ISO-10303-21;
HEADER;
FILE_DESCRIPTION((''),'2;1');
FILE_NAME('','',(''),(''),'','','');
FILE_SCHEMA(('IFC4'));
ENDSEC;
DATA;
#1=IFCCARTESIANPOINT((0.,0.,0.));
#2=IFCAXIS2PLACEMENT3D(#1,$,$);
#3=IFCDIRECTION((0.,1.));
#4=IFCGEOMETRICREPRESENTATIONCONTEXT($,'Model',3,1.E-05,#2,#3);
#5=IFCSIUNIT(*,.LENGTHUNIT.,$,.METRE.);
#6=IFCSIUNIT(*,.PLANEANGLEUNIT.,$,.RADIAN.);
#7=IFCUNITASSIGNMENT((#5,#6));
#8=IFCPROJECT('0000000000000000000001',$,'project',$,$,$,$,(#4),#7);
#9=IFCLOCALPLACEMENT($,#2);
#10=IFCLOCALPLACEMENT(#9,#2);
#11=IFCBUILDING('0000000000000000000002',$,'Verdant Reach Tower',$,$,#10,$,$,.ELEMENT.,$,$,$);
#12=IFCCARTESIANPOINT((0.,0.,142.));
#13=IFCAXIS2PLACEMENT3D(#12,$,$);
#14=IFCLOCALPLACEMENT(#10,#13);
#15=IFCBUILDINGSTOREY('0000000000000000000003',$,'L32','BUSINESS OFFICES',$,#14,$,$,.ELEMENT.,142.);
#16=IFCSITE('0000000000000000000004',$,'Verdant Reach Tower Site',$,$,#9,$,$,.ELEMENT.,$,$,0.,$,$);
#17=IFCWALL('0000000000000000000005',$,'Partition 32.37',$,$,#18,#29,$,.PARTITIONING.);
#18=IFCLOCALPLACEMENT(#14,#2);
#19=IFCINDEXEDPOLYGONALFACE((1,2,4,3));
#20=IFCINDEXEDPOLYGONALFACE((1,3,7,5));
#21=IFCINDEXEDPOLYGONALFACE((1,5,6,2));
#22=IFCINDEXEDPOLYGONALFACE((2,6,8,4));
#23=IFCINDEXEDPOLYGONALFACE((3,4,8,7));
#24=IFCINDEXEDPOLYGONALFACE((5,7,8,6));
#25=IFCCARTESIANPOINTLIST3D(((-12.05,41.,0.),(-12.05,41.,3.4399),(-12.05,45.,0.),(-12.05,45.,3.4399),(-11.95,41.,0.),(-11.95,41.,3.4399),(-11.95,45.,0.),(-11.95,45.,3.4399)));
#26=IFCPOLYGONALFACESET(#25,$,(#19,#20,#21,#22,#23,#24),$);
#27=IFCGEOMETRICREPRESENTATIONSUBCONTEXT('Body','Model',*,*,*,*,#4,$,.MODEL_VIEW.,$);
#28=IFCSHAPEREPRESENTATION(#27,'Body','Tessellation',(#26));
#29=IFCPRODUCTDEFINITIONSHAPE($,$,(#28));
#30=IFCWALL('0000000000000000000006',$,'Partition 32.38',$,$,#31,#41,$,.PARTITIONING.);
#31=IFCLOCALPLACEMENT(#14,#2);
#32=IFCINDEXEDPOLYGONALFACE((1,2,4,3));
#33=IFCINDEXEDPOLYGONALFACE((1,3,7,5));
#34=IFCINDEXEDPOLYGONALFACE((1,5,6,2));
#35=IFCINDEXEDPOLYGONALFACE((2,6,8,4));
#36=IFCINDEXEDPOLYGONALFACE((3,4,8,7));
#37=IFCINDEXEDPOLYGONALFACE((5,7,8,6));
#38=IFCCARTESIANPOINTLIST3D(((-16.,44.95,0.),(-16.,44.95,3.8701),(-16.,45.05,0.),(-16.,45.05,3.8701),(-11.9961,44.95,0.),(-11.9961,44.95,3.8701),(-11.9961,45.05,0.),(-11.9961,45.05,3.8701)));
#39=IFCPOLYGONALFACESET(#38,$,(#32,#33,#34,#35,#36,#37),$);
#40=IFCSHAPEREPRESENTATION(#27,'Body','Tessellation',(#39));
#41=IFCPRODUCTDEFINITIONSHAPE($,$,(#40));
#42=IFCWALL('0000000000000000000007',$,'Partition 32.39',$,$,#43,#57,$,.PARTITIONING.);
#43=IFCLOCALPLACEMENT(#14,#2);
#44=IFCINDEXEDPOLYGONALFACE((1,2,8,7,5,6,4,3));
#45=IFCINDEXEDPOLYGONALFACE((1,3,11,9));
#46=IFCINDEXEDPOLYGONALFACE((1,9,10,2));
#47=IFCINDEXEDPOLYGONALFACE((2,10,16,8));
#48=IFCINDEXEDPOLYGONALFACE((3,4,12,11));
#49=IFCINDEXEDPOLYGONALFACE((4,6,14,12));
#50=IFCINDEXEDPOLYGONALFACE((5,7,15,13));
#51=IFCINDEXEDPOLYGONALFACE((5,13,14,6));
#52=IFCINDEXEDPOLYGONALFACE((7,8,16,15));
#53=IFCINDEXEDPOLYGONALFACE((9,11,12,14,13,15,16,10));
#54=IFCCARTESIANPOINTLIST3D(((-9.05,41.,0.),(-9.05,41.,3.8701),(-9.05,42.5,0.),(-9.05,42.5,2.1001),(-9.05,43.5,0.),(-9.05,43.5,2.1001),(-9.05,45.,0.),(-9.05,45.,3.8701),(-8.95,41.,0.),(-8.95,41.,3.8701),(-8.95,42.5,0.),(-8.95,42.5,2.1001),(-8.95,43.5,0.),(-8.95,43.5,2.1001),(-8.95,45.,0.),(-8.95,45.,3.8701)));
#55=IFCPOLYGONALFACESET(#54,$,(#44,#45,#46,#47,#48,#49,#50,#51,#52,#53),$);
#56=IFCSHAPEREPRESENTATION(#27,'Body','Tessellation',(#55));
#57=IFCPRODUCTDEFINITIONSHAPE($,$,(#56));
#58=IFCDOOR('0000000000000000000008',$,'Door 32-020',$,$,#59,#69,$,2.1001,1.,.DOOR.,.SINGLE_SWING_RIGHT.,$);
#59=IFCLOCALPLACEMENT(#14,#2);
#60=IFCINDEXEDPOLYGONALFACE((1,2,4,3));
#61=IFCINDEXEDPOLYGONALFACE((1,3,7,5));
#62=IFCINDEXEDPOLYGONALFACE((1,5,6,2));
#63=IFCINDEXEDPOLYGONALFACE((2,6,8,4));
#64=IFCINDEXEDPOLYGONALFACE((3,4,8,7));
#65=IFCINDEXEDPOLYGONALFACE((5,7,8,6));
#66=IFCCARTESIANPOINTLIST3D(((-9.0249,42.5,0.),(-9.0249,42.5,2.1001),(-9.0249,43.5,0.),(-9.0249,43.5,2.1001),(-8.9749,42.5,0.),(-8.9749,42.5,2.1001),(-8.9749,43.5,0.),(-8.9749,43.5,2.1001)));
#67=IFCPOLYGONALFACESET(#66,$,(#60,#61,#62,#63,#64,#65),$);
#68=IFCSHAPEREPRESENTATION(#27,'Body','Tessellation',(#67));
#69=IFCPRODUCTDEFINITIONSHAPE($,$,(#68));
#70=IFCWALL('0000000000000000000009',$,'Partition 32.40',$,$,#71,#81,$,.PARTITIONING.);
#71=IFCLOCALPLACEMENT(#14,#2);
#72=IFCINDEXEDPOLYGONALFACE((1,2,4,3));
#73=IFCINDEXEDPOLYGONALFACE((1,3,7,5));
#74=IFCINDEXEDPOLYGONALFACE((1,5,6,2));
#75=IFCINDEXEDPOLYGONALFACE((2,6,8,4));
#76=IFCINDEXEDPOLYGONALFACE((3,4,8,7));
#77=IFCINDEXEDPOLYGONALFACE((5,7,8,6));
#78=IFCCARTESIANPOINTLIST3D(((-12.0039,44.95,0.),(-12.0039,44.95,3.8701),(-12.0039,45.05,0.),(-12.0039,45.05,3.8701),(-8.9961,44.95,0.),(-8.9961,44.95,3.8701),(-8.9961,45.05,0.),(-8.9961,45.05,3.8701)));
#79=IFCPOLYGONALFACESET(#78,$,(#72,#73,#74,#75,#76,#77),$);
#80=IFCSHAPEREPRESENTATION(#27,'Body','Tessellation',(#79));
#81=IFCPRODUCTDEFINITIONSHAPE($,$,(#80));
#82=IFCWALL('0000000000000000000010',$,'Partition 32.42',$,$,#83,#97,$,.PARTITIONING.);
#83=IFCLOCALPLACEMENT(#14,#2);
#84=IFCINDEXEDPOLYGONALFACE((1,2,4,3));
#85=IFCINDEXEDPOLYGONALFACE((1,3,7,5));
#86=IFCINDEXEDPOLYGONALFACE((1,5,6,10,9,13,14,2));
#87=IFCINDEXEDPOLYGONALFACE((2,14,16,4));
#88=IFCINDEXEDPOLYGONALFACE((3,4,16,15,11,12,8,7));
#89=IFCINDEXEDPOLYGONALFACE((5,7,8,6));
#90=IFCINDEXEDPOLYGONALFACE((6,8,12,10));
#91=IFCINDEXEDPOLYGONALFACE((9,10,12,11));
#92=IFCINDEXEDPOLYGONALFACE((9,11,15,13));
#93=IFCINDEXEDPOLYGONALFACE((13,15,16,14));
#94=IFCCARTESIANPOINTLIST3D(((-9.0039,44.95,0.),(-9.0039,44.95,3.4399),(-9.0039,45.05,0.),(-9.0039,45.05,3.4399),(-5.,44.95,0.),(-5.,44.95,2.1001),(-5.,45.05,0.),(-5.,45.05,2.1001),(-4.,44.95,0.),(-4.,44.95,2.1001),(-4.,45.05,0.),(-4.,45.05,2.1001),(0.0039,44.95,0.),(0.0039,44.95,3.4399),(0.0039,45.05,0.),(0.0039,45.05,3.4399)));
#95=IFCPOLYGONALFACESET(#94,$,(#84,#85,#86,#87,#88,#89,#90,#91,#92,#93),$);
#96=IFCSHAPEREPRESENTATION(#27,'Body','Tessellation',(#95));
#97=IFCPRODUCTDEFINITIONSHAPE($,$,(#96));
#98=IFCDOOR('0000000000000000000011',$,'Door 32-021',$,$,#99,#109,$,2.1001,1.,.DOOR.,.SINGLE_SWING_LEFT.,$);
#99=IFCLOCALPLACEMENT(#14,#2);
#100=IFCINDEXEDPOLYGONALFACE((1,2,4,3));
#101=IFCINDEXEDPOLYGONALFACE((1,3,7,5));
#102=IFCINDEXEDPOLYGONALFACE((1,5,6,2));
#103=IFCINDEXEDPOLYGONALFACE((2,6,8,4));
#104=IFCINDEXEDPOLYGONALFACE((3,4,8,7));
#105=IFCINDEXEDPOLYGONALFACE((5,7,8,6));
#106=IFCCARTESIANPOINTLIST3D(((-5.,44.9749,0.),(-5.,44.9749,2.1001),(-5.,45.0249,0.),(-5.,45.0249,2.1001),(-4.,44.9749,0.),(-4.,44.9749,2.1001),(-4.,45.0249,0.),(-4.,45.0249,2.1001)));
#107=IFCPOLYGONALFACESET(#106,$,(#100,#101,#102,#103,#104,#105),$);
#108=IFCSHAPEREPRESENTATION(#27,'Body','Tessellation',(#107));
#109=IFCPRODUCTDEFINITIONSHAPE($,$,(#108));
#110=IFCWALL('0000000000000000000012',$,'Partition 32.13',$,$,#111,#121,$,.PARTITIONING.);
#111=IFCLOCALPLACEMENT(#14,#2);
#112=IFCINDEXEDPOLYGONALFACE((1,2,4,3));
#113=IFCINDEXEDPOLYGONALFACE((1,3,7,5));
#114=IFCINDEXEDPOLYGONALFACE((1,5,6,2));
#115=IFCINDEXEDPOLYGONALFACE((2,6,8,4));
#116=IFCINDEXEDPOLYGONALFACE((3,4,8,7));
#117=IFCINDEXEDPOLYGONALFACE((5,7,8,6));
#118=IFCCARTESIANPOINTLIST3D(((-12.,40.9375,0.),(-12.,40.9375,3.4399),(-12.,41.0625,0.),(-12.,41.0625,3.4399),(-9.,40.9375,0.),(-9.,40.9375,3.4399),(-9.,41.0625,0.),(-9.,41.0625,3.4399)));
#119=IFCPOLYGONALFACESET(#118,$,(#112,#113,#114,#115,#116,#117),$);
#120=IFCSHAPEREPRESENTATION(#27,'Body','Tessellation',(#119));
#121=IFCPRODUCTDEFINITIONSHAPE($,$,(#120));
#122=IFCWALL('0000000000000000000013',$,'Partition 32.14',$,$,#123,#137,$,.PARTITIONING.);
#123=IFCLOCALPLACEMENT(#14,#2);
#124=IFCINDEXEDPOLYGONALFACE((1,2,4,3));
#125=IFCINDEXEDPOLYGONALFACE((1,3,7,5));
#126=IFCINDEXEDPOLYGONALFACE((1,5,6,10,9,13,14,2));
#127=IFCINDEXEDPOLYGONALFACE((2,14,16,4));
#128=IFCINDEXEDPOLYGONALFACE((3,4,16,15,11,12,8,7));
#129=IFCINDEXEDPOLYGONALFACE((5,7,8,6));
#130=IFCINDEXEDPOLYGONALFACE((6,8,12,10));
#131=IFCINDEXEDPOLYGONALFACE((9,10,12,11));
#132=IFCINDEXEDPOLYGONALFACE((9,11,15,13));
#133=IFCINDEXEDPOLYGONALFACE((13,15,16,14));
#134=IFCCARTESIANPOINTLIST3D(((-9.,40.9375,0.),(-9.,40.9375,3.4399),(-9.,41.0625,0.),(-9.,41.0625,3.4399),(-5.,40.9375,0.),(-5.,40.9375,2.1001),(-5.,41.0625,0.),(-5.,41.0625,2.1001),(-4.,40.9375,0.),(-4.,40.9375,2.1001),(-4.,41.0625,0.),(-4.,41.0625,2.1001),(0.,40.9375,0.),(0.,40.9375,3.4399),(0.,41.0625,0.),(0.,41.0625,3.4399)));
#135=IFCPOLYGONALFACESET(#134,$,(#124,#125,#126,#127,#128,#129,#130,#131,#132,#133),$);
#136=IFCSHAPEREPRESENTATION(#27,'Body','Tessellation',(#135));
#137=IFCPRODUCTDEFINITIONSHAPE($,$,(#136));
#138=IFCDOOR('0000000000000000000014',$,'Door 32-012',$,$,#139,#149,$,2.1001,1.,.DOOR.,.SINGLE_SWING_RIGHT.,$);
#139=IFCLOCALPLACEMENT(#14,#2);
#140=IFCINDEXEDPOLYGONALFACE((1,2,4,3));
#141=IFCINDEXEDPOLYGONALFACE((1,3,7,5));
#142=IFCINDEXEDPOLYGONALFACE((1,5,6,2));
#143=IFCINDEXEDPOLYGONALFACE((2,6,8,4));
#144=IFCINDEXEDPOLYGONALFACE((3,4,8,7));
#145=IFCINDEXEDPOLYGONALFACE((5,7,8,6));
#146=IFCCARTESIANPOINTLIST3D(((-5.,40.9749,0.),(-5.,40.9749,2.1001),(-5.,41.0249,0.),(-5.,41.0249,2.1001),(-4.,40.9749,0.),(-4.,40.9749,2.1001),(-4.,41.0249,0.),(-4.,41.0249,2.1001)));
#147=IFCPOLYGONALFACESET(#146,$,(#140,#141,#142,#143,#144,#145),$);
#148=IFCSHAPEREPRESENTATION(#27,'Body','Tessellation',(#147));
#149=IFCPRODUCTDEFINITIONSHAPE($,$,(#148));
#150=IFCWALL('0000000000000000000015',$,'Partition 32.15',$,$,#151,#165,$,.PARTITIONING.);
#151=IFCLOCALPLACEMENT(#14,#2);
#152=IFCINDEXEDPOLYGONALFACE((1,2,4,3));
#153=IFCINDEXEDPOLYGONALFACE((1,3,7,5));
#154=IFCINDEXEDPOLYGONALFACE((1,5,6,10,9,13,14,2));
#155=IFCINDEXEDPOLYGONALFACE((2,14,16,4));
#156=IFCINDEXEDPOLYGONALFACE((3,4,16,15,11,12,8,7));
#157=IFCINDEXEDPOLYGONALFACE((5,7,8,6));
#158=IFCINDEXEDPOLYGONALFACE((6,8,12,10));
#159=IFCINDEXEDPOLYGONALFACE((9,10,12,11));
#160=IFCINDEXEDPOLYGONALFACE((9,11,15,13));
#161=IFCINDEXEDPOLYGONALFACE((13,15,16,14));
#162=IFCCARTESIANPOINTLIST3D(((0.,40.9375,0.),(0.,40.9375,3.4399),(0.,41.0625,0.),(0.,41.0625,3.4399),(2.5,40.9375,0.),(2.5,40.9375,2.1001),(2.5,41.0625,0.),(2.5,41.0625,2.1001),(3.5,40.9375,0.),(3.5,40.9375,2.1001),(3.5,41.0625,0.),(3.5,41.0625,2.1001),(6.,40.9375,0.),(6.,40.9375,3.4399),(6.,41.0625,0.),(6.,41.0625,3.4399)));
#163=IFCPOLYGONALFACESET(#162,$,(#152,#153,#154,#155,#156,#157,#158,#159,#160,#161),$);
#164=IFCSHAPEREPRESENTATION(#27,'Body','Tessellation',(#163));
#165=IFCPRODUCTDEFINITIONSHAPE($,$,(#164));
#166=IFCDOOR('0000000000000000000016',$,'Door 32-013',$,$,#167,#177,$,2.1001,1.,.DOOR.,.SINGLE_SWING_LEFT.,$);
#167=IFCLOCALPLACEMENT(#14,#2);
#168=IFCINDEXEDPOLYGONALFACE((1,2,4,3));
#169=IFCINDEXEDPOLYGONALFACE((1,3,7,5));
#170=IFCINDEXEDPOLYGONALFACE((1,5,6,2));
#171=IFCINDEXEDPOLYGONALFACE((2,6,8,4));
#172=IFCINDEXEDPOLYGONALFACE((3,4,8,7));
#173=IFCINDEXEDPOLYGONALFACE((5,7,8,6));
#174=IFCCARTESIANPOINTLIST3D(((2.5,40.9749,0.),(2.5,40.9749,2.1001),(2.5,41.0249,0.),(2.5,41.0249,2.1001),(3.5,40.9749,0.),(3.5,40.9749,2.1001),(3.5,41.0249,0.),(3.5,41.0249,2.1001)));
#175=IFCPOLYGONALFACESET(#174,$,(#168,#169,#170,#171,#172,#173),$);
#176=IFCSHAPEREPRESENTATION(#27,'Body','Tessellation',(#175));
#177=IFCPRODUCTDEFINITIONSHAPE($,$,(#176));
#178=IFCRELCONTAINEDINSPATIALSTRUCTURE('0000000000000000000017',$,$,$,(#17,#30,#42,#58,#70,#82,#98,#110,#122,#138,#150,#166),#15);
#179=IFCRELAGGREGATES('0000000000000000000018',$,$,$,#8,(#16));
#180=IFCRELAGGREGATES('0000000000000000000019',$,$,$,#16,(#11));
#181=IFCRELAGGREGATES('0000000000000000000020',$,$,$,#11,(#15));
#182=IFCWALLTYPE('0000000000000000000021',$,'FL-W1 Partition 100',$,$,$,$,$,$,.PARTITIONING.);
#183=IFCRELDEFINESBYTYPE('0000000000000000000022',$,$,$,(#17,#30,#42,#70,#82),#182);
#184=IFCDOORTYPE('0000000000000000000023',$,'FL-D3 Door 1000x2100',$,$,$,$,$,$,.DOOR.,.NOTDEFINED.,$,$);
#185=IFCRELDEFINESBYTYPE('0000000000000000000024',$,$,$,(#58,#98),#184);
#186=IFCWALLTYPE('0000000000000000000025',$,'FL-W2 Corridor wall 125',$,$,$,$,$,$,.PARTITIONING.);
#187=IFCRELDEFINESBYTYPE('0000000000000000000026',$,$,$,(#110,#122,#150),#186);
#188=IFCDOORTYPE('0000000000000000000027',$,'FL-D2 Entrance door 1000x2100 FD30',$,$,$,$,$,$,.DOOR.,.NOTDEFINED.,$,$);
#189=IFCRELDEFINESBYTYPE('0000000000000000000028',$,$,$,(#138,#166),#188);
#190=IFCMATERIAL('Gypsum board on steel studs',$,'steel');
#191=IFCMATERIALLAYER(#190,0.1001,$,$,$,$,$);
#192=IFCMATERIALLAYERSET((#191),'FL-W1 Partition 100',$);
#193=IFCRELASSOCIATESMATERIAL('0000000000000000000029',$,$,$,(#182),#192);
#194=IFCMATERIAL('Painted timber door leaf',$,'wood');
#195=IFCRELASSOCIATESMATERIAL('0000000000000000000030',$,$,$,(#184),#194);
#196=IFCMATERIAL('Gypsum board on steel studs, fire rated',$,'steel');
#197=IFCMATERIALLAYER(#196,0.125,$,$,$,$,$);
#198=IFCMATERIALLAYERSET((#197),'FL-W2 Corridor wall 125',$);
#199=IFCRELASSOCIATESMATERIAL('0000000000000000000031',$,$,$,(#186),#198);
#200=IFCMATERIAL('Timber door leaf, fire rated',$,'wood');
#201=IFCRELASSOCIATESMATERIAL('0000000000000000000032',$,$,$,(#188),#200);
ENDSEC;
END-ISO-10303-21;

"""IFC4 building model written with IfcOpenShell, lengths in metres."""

from ifc_helpers import new_model, si_unit, direction, frame, frame_2d, origin, place, context, subcontext, project, spatial, rectangle, extrude, material, layer, layer_set, type_object, element, fill, save


model = new_model("IFC4")

# Units and contexts
model_context = context("Model", 3, precision=1e-05, world=origin(), true_north=direction((0.0, 1.0)))
body_context = subcontext(model_context, "Body", "Model", "MODEL_VIEW")
ifc_project = project(units=[si_unit("LENGTHUNIT", "METRE"), si_unit("PLANEANGLEUNIT", "RADIAN")], contexts=[model_context])

# Site, building, storey
site_placement = place(None, origin())
site = spatial("IfcSite", under=ifc_project, at=site_placement, Name="Verdant Reach Tower Site", CompositionType="ELEMENT", RefElevation=0.0)
building_placement = place(site_placement, origin())
building = spatial("IfcBuilding", under=site, at=building_placement, Name="Verdant Reach Tower", CompositionType="ELEMENT")
storey_placement = place(building_placement, frame((0.0, 0.0, 142.0)))
storey = spatial("IfcBuildingStorey", under=building, at=storey_placement, Name="L32", Description="BUSINESS OFFICES", CompositionType="ELEMENT", Elevation=142.0)

# Walls
ifc_material_1 = material(Name="Gypsum board on steel studs", Category="steel")
ifc_layer_1 = layer(ifc_material_1, 0.1001)
ifc_layer_set_1 = layer_set([ifc_layer_1], Name="FL-W1 Partition 100")
wall_type_1 = type_object("IfcWallType", Name="FL-W1 Partition 100", PredefinedType="PARTITIONING", material=ifc_layer_set_1)
wall_1_placement = place(storey_placement, frame((-12.0, 41.0, 0.0), z_axis=(0.0, 0.0, 1.0), x_axis=(0.0, 1.0, 0.0)))
element("IfcWall", 1, at=wall_1_placement, inside=storey, type_object=wall_type_1, Name="Partition 32.37", PredefinedType="PARTITIONING", context=body_context, shape_type="SweptSolid", body=[
    extrude(rectangle(XDim=4.0, YDim=0.1001, at=frame_2d((2.0, 0.0))), origin(), (0.0, 0.0, 1.0), 3.4399),
])
wall_2_placement = place(storey_placement, frame((-11.9961, 45.0, 0.0), z_axis=(0.0, 0.0, 1.0), x_axis=(-1.0, 0.0, 0.0)))
element("IfcWall", 2, at=wall_2_placement, inside=storey, type_object=wall_type_1, Name="Partition 32.38", PredefinedType="PARTITIONING", context=body_context, shape_type="SweptSolid", body=[
    extrude(rectangle(XDim=4.0039, YDim=0.1001, at=frame_2d((2.002, 0.0))), origin(), (0.0, 0.0, 1.0), 3.8701),
])

# Wall, opening, door
wall_3_placement = place(storey_placement, frame((-9.0, 41.0, 0.0), z_axis=(0.0, 0.0, 1.0), x_axis=(0.0, 1.0, 0.0)))
wall_3 = element("IfcWall", 3, at=wall_3_placement, inside=storey, type_object=wall_type_1, Name="Partition 32.39", PredefinedType="PARTITIONING", context=body_context, shape_type="SweptSolid", body=[
    extrude(rectangle(XDim=4.0, YDim=0.1001, at=frame_2d((2.0, 0.0))), origin(), (0.0, 0.0, 1.0), 3.8701),
])
opening_1_placement = place(wall_3_placement, frame((1.5, 0.0, 0.0)))
opening_1 = element("IfcOpeningElement", 4, at=opening_1_placement, cuts=wall_3, PredefinedType="OPENING", context=body_context, shape_type="SweptSolid", body=[
    extrude(rectangle(XDim=1.0, YDim=2.1001, at=frame_2d((0.5, 1.05))), frame((0.0, 0.0601, 0.0), z_axis=(0.0, -1.0, 0.0), x_axis=(1.0, 0.0, 0.0)), (0.0, 0.0, 1.0), 0.1201),
])
ifc_material_2 = material(Name="Painted timber door leaf", Category="wood")
door_type_1 = type_object("IfcDoorType", Name="FL-D3 Door 1000x2100", OperationType="NOTDEFINED", PredefinedType="DOOR", material=ifc_material_2)
door_1_placement = place(opening_1_placement, origin())
door_1 = element("IfcDoor", 5, at=door_1_placement, inside=storey, type_object=door_type_1, Name="Door 32-020", OperationType="SINGLE_SWING_RIGHT", OverallHeight=2.1001, OverallWidth=1.0, PredefinedType="DOOR", context=body_context, shape_type="SweptSolid", body=[
    extrude(rectangle(XDim=1.0, YDim=2.1001, at=frame_2d((0.5, 1.05))), frame((0.0, 0.0249, 0.0), z_axis=(0.0, -1.0, 0.0), x_axis=(1.0, 0.0, 0.0)), (0.0, 0.0, 1.0), 0.05),
])
fill(opening_1, door_1)

# Wall
wall_4_placement = place(storey_placement, frame((-8.9961, 45.0, 0.0), z_axis=(0.0, 0.0, 1.0), x_axis=(-1.0, 0.0, 0.0)))
element("IfcWall", 6, at=wall_4_placement, inside=storey, type_object=wall_type_1, Name="Partition 32.40", PredefinedType="PARTITIONING", context=body_context, shape_type="SweptSolid", body=[
    extrude(rectangle(XDim=3.0078, YDim=0.1001, at=frame_2d((1.5039, 0.0))), origin(), (0.0, 0.0, 1.0), 3.8701),
])

# Wall, opening, door
wall_5_placement = place(storey_placement, frame((-9.0039, 45.0, 0.0), z_axis=(0.0, 0.0, 1.0), x_axis=(1.0, 0.0, 0.0)))
wall_5 = element("IfcWall", 7, at=wall_5_placement, inside=storey, type_object=wall_type_1, Name="Partition 32.42", PredefinedType="PARTITIONING", context=body_context, shape_type="SweptSolid", body=[
    extrude(rectangle(XDim=9.0078, YDim=0.1001, at=frame_2d((4.5039, 0.0))), origin(), (0.0, 0.0, 1.0), 3.4399),
])
opening_2_placement = place(wall_5_placement, frame((4.0039, 0.0, 0.0)))
opening_2 = element("IfcOpeningElement", 8, at=opening_2_placement, cuts=wall_5, PredefinedType="OPENING", context=body_context, shape_type="SweptSolid", body=[
    extrude(rectangle(XDim=1.0, YDim=2.1001, at=frame_2d((0.5, 1.05))), frame((0.0, 0.0601, 0.0), z_axis=(0.0, -1.0, 0.0), x_axis=(1.0, 0.0, 0.0)), (0.0, 0.0, 1.0), 0.1201),
])
door_2_placement = place(opening_2_placement, origin())
door_2 = element("IfcDoor", 9, at=door_2_placement, inside=storey, type_object=door_type_1, Name="Door 32-021", OperationType="SINGLE_SWING_LEFT", OverallHeight=2.1001, OverallWidth=1.0, PredefinedType="DOOR", context=body_context, shape_type="SweptSolid", body=[
    extrude(rectangle(XDim=1.0, YDim=2.1001, at=frame_2d((0.5, 1.05))), frame((0.0, 0.0249, 0.0), z_axis=(0.0, -1.0, 0.0), x_axis=(1.0, 0.0, 0.0)), (0.0, 0.0, 1.0), 0.05),
])
fill(opening_2, door_2)

# Wall
ifc_material_3 = material(Name="Gypsum board on steel studs, fire rated", Category="steel")
ifc_layer_2 = layer(ifc_material_3, 0.125)
ifc_layer_set_2 = layer_set([ifc_layer_2], Name="FL-W2 Corridor wall 125")
wall_type_2 = type_object("IfcWallType", Name="FL-W2 Corridor wall 125", PredefinedType="PARTITIONING", material=ifc_layer_set_2)
wall_6_placement = place(storey_placement, frame((-9.0, 41.0, 0.0), z_axis=(0.0, 0.0, 1.0), x_axis=(-1.0, 0.0, 0.0)))
element("IfcWall", 10, at=wall_6_placement, inside=storey, type_object=wall_type_2, Name="Partition 32.13", PredefinedType="PARTITIONING", context=body_context, shape_type="SweptSolid", body=[
    extrude(rectangle(XDim=3.0, YDim=0.125, at=frame_2d((1.5, 0.0))), origin(), (0.0, 0.0, 1.0), 3.4399),
])

# Walls, openings, doors
wall_7_placement = place(storey_placement, frame((-9.0, 41.0, 0.0), z_axis=(0.0, 0.0, 1.0), x_axis=(1.0, 0.0, 0.0)))
wall_7 = element("IfcWall", 11, at=wall_7_placement, inside=storey, type_object=wall_type_2, Name="Partition 32.14", PredefinedType="PARTITIONING", context=body_context, shape_type="SweptSolid", body=[
    extrude(rectangle(XDim=9.0, YDim=0.125, at=frame_2d((4.5, 0.0))), origin(), (0.0, 0.0, 1.0), 3.4399),
])
opening_3_placement = place(wall_7_placement, frame((4.0, 0.0, 0.0)))
opening_3 = element("IfcOpeningElement", 12, at=opening_3_placement, cuts=wall_7, PredefinedType="OPENING", context=body_context, shape_type="SweptSolid", body=[
    extrude(rectangle(XDim=1.0, YDim=2.1001, at=frame_2d((0.5, 1.05))), frame((0.0, 0.0725, 0.0), z_axis=(0.0, -1.0, 0.0), x_axis=(1.0, 0.0, 0.0)), (0.0, 0.0, 1.0), 0.145),
])
ifc_material_4 = material(Name="Timber door leaf, fire rated", Category="wood")
door_type_2 = type_object("IfcDoorType", Name="FL-D2 Entrance door 1000x2100 FD30", OperationType="NOTDEFINED", PredefinedType="DOOR", material=ifc_material_4)
door_3_placement = place(opening_3_placement, origin())
door_3 = element("IfcDoor", 13, at=door_3_placement, inside=storey, type_object=door_type_2, Name="Door 32-012", OperationType="SINGLE_SWING_RIGHT", OverallHeight=2.1001, OverallWidth=1.0, PredefinedType="DOOR", context=body_context, shape_type="SweptSolid", body=[
    extrude(rectangle(XDim=1.0, YDim=2.1001, at=frame_2d((0.5, 1.05))), frame((0.0, 0.0249, 0.0), z_axis=(0.0, -1.0, 0.0), x_axis=(1.0, 0.0, 0.0)), (0.0, 0.0, 1.0), 0.05),
])
fill(opening_3, door_3)
wall_8_placement = place(storey_placement, frame((0.0, 41.0, 0.0), z_axis=(0.0, 0.0, 1.0), x_axis=(1.0, 0.0, 0.0)))
wall_8 = element("IfcWall", 14, at=wall_8_placement, inside=storey, type_object=wall_type_2, Name="Partition 32.15", PredefinedType="PARTITIONING", context=body_context, shape_type="SweptSolid", body=[
    extrude(rectangle(XDim=6.0, YDim=0.125, at=frame_2d((3.0, 0.0))), origin(), (0.0, 0.0, 1.0), 3.4399),
])
opening_4_placement = place(wall_8_placement, frame((2.5, 0.0, 0.0)))
opening_4 = element("IfcOpeningElement", 15, at=opening_4_placement, cuts=wall_8, PredefinedType="OPENING", context=body_context, shape_type="SweptSolid", body=[
    extrude(rectangle(XDim=1.0, YDim=2.1001, at=frame_2d((0.5, 1.05))), frame((0.0, 0.0725, 0.0), z_axis=(0.0, -1.0, 0.0), x_axis=(1.0, 0.0, 0.0)), (0.0, 0.0, 1.0), 0.145),
])
door_4_placement = place(opening_4_placement, origin())
door_4 = element("IfcDoor", 16, at=door_4_placement, inside=storey, type_object=door_type_2, Name="Door 32-013", OperationType="SINGLE_SWING_LEFT", OverallHeight=2.1001, OverallWidth=1.0, PredefinedType="DOOR", context=body_context, shape_type="SweptSolid", body=[
    extrude(rectangle(XDim=1.0, YDim=2.1001, at=frame_2d((0.5, 1.05))), frame((0.0, 0.0249, 0.0), z_axis=(0.0, -1.0, 0.0), x_axis=(1.0, 0.0, 0.0)), (0.0, 0.0, 1.0), 0.05),
])
fill(opening_4, door_4)

save(model, "model.ifc")
